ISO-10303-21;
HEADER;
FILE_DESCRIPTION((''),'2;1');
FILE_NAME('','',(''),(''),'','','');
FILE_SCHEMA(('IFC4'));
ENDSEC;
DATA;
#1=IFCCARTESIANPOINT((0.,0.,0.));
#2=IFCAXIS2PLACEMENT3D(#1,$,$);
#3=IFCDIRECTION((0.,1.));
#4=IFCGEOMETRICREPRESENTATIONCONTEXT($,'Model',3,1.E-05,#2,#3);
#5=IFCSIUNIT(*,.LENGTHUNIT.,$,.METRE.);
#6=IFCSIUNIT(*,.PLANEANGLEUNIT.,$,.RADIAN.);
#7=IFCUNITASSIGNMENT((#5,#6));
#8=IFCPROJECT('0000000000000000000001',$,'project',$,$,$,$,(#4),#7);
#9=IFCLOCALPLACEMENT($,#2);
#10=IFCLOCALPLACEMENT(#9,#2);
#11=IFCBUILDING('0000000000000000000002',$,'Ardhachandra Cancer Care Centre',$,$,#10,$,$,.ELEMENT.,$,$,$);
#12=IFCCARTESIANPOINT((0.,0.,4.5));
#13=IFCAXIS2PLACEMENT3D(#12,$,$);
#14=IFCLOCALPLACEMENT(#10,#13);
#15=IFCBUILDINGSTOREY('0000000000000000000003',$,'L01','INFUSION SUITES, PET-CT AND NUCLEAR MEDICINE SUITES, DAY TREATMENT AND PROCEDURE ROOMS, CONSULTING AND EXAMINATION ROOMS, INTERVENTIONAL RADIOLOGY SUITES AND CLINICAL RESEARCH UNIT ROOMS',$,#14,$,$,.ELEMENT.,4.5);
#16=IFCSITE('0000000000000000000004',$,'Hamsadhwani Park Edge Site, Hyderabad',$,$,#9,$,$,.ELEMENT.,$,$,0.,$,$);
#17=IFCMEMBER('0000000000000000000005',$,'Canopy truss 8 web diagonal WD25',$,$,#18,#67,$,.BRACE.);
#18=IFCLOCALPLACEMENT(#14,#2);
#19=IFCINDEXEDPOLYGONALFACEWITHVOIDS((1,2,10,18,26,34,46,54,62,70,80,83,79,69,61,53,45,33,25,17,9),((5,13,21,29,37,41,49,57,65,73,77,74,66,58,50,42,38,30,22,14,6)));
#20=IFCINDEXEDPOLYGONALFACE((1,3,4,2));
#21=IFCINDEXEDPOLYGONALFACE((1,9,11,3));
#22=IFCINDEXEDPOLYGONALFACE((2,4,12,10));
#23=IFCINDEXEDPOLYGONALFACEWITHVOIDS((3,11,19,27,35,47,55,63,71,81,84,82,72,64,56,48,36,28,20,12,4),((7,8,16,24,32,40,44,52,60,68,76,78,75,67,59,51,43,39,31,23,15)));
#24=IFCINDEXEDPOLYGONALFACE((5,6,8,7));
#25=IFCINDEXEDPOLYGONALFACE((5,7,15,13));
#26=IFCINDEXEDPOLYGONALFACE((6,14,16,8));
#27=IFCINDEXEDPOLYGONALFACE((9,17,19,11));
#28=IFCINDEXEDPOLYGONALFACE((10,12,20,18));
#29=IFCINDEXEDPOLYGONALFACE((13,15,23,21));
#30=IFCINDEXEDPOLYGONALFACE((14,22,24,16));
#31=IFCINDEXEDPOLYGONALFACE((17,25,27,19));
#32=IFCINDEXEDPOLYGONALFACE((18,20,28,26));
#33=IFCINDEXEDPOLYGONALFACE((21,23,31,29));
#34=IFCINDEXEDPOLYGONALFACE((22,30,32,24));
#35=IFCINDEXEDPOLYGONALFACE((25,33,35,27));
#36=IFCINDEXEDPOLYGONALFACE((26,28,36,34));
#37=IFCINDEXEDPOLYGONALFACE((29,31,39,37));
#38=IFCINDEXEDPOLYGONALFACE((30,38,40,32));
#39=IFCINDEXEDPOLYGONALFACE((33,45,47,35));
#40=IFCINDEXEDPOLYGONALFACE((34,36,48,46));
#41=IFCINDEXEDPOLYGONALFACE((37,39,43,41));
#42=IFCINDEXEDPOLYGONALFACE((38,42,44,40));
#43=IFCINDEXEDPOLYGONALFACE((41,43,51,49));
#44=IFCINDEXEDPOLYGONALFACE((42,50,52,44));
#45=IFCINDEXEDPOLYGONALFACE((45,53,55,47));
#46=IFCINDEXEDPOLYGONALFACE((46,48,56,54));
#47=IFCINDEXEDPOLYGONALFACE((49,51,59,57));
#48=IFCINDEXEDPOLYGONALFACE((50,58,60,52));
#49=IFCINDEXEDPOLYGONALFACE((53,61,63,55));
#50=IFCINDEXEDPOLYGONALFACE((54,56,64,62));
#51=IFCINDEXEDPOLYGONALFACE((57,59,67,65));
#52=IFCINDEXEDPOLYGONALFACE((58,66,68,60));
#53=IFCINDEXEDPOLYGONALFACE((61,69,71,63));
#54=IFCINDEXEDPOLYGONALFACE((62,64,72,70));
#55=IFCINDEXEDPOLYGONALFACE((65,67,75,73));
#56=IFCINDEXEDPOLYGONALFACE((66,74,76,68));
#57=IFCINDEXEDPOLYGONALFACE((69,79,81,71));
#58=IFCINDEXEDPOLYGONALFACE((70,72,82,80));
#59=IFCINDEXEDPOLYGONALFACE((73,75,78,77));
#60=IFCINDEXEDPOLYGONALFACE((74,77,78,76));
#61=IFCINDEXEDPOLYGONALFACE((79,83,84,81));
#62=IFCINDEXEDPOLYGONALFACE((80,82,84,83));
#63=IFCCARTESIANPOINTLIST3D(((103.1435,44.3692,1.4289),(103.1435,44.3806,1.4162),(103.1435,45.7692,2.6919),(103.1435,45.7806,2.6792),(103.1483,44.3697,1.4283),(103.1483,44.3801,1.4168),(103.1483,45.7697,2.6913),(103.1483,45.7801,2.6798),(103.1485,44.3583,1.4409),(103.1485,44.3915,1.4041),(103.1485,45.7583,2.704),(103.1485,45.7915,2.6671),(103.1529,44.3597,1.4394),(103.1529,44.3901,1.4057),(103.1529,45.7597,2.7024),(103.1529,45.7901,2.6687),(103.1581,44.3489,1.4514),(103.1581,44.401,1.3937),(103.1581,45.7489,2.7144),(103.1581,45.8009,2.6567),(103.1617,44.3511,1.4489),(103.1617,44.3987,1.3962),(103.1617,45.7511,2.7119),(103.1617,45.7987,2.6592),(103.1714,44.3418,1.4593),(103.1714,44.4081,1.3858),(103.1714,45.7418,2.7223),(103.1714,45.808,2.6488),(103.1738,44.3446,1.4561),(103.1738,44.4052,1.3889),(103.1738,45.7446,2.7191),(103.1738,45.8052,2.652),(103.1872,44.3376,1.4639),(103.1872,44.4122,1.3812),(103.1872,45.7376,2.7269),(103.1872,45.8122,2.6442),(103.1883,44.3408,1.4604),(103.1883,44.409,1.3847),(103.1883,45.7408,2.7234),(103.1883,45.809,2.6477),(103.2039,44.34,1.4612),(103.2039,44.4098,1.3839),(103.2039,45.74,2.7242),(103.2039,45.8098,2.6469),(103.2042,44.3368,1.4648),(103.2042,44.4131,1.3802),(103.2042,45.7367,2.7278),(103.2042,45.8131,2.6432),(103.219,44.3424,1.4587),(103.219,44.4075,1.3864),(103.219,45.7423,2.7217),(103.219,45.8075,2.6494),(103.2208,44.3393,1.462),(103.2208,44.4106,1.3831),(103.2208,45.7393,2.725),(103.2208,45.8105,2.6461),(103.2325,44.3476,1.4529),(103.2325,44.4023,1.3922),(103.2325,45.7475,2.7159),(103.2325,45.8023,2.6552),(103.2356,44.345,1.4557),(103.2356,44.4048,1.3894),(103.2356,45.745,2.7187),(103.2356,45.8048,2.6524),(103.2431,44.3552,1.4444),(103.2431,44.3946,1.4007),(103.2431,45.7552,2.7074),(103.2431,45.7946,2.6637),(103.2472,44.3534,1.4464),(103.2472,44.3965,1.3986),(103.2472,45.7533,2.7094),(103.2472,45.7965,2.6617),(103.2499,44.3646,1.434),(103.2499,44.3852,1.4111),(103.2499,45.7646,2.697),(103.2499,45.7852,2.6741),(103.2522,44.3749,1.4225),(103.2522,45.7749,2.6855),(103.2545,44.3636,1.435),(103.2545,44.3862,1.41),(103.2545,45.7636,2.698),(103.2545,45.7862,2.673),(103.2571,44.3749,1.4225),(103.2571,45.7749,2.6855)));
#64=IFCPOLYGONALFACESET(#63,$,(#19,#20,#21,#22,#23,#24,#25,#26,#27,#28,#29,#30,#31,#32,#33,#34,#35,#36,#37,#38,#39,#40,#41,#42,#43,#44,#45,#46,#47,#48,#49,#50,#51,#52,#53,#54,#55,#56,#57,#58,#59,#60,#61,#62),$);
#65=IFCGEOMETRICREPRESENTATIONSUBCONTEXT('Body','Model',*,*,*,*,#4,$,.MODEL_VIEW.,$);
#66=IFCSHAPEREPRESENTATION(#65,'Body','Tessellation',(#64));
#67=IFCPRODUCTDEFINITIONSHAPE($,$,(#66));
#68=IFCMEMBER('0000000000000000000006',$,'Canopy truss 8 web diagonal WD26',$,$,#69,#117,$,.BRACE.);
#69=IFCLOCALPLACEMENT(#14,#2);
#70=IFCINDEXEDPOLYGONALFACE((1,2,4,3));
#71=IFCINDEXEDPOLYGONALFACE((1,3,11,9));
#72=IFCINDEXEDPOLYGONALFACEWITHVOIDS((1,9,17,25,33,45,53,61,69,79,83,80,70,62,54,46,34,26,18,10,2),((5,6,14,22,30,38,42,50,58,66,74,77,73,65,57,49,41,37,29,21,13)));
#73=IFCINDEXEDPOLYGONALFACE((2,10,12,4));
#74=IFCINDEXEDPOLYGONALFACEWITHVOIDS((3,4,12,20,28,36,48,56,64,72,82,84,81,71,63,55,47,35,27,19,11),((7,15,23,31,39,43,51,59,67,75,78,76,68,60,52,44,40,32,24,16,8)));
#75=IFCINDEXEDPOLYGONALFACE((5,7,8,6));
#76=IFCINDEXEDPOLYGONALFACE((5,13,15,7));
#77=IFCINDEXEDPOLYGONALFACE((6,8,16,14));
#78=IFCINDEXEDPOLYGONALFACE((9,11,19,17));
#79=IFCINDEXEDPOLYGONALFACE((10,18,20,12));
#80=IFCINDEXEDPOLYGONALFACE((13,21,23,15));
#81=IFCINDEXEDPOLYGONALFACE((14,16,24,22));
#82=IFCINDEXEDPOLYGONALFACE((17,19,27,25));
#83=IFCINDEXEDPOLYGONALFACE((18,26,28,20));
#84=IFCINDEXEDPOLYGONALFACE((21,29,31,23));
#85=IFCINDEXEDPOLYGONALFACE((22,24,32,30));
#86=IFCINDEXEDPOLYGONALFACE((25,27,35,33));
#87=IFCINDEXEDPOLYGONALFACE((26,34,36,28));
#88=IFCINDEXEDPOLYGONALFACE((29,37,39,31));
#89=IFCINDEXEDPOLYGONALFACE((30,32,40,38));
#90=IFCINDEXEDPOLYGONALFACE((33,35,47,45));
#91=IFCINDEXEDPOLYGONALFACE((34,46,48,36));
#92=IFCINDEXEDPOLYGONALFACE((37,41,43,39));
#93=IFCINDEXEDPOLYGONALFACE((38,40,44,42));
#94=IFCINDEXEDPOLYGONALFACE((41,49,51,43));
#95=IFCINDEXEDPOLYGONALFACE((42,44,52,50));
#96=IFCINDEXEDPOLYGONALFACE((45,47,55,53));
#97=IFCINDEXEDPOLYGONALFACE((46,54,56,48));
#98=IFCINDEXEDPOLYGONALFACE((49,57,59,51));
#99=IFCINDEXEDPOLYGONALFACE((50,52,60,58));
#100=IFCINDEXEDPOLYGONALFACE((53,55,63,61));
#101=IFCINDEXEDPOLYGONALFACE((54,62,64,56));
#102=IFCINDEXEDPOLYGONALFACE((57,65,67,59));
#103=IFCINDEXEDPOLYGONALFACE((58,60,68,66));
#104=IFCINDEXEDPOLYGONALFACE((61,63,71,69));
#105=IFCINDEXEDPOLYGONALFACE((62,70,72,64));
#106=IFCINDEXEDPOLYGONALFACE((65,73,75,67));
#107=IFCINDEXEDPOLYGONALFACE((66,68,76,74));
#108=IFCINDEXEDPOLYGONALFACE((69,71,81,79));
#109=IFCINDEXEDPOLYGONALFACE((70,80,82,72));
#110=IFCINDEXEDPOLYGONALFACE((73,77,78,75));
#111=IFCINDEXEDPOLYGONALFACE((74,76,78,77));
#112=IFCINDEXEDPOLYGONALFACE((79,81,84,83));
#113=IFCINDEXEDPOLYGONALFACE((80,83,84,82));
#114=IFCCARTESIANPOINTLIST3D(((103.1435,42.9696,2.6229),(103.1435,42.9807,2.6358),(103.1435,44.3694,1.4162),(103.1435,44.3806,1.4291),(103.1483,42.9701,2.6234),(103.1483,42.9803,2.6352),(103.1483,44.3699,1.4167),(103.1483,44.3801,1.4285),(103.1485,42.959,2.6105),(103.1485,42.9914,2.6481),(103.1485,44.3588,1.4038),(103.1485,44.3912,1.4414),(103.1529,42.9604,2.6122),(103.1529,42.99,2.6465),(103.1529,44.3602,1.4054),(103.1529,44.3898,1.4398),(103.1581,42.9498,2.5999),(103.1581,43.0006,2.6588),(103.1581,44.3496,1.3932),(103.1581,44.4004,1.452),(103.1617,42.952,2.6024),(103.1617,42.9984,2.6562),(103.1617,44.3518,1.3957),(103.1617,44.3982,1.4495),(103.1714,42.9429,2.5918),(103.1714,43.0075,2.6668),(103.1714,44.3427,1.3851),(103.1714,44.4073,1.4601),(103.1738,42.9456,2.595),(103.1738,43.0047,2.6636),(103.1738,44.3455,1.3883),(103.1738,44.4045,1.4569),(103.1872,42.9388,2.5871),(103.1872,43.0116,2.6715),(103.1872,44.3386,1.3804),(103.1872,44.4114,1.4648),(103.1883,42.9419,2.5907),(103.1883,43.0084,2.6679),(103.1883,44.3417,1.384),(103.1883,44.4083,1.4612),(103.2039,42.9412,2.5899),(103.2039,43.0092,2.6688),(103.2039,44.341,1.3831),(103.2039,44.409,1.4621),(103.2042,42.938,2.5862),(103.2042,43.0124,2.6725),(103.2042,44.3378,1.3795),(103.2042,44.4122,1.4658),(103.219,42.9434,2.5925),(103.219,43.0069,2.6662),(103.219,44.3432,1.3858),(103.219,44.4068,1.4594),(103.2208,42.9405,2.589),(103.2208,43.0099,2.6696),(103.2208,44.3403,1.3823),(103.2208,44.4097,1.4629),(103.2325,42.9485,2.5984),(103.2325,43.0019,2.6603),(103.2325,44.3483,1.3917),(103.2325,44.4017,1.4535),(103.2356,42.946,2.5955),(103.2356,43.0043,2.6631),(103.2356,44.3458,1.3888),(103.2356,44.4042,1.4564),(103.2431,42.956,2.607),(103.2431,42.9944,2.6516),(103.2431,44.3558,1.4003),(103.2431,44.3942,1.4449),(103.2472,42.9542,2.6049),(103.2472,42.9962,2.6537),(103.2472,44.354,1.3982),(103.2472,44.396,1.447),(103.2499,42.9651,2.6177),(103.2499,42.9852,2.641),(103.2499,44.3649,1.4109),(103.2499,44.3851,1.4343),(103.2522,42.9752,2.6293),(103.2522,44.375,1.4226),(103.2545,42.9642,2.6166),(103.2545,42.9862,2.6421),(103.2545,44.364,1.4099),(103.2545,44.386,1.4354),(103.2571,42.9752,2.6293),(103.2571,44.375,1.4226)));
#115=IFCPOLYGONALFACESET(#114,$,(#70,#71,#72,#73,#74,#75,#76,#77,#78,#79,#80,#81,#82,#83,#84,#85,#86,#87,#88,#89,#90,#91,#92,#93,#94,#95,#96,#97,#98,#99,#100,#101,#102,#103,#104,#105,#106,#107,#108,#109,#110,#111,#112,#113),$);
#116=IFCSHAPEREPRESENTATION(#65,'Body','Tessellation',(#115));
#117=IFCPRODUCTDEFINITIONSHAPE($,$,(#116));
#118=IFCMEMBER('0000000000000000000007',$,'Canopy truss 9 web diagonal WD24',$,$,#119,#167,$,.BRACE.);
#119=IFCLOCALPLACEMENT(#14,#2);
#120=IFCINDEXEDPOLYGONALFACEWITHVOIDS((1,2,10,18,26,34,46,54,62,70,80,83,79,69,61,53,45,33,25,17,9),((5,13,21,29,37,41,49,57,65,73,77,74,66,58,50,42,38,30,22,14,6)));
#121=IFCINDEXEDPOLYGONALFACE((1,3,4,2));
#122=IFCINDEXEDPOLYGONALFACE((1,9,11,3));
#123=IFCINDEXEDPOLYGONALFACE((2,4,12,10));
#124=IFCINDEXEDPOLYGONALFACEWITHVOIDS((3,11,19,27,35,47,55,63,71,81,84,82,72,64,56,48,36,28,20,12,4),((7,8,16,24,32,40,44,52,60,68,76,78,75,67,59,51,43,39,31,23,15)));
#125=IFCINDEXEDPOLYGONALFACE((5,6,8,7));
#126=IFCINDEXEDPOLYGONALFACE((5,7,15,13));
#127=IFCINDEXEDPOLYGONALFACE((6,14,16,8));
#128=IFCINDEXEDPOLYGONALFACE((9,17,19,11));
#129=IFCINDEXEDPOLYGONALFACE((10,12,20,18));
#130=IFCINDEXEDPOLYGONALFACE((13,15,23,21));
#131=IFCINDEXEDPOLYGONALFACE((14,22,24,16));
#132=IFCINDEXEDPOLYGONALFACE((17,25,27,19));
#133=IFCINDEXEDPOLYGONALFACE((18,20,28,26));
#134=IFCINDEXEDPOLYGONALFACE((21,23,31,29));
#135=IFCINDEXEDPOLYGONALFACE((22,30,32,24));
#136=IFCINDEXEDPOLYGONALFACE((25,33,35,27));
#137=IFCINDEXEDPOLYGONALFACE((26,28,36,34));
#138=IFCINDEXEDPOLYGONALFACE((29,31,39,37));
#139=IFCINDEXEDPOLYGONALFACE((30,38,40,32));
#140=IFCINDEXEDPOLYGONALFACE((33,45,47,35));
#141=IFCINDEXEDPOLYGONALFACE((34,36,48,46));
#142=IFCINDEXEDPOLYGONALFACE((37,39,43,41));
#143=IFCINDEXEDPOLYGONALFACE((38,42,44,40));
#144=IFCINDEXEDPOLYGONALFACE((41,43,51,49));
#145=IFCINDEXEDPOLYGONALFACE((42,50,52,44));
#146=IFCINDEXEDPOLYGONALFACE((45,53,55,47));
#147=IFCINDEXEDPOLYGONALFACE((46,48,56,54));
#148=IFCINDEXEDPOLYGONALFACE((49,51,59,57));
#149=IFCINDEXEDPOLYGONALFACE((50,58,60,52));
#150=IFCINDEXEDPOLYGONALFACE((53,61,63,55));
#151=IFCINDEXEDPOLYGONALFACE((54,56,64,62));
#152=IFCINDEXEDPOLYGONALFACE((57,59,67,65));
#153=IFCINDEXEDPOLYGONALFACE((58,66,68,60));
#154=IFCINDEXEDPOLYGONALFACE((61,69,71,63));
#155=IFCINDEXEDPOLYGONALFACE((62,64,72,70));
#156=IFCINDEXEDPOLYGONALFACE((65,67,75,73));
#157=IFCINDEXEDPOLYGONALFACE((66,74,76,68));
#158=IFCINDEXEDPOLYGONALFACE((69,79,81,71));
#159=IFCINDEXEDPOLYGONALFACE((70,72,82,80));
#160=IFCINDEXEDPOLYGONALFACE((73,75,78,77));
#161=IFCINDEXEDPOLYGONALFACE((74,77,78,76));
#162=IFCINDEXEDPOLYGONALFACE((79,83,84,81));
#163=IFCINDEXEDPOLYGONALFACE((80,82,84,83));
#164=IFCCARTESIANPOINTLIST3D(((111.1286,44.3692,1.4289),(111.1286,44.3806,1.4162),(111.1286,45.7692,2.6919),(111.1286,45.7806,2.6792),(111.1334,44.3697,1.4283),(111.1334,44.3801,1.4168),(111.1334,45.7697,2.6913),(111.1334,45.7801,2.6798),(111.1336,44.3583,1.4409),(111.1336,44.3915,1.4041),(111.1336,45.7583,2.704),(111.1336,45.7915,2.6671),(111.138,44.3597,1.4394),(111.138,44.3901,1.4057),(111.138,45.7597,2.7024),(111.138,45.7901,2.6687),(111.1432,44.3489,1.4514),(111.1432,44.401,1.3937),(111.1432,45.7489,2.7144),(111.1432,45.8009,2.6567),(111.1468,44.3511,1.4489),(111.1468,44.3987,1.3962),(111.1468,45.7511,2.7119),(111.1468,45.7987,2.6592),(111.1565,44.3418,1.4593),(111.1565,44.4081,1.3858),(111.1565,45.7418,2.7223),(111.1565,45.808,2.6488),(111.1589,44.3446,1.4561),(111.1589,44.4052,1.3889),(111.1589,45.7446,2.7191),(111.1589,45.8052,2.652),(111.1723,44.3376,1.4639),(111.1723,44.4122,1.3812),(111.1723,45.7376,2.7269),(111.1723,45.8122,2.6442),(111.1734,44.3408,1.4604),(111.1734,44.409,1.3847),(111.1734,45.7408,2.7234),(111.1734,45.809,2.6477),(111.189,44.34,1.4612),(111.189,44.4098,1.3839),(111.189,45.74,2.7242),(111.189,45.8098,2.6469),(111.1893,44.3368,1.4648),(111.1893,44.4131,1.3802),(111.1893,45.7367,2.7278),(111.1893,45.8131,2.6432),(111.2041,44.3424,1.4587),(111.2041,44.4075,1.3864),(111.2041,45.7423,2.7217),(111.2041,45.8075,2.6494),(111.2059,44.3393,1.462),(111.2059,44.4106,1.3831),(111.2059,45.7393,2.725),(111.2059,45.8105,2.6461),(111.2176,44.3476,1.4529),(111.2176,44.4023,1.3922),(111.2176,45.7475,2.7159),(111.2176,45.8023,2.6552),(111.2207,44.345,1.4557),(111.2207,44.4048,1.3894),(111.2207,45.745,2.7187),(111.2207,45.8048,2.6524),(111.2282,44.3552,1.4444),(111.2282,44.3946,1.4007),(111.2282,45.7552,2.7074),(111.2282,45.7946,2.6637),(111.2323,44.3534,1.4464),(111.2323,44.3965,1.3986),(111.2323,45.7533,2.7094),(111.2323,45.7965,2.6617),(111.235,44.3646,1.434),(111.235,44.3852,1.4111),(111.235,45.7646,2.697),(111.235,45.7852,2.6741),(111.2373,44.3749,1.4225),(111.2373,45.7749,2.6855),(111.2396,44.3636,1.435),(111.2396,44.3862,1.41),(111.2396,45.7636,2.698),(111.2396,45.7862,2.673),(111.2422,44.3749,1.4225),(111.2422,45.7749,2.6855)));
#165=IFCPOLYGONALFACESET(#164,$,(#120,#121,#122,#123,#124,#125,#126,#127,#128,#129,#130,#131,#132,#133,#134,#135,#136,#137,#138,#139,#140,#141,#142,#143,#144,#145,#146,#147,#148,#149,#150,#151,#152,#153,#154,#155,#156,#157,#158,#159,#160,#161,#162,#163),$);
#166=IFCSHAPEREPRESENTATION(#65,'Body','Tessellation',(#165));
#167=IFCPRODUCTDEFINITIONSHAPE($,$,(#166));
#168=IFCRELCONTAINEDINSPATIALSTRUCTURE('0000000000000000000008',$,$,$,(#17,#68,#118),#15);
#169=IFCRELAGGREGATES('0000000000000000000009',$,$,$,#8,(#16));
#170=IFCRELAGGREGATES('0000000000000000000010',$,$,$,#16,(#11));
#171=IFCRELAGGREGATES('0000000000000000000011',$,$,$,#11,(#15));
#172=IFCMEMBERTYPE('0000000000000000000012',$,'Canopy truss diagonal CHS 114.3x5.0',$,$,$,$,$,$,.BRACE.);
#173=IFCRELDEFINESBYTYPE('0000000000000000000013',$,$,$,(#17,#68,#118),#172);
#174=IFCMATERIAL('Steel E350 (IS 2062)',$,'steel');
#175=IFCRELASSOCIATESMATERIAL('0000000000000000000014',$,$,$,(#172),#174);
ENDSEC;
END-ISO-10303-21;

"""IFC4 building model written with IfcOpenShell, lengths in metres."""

from ifc_helpers import new_model, si_unit, direction, frame, origin, origin_2d, place, context, subcontext, project, spatial, hollow_circle, extrude, material, material_profile, profile_set, type_object, element, save


model = new_model("IFC4")

# Units and contexts
model_context = context("Model", 3, precision=1e-05, world=origin(), true_north=direction((0.0, 1.0)))
body_context = subcontext(model_context, "Body", "Model", "MODEL_VIEW")
ifc_project = project(units=[si_unit("LENGTHUNIT", "METRE"), si_unit("PLANEANGLEUNIT", "RADIAN")], contexts=[model_context])

# Site, building, storey
site_placement = place(None, origin())
site = spatial("IfcSite", under=ifc_project, at=site_placement, Name="Hamsadhwani Park Edge Site, Hyderabad", CompositionType="ELEMENT", RefElevation=0.0)
building_placement = place(site_placement, origin())
building = spatial("IfcBuilding", under=site, at=building_placement, Name="Ardhachandra Cancer Care Centre", CompositionType="ELEMENT")
storey_placement = place(building_placement, frame((0.0, 0.0, 4.5)))
storey = spatial("IfcBuildingStorey", under=building, at=storey_placement, Name="L01", Description="INFUSION SUITES, PET-CT AND NUCLEAR MEDICINE SUITES, DAY TREATMENT AND PROCEDURE ROOMS, CONSULTING AND EXAMINATION ROOMS, INTERVENTIONAL RADIOLOGY SUITES AND CLINICAL RESEARCH UNIT ROOMS", CompositionType="ELEMENT", Elevation=4.5)

# Members
ifc_material_1 = material(Name="Steel E350 (IS 2062)", Category="steel")
ifc_material_profile_1 = material_profile(ifc_material_1, hollow_circle(Radius=0.0571, WallThickness=0.0049, at=origin_2d()), Name="CHS 114.3x5.0")
ifc_profile_set_1 = profile_set([ifc_material_profile_1], Name="Steel E350 (IS 2062)")
member_type_1 = type_object("IfcMemberType", Name="Canopy truss diagonal CHS 114.3x5.0", PredefinedType="BRACE", material=ifc_profile_set_1)
member_1_placement = place(storey_placement, frame((103.2, 45.7749, 2.6855), z_axis=(0.0, -0.742495, -0.669851), x_axis=(1.0, 0.0, 0.0)))
element("IfcMember", 1, at=member_1_placement, inside=storey, type_object=member_type_1, Name="Canopy truss 8 web diagonal WD25", PredefinedType="BRACE", context=body_context, shape_type="SweptSolid", body=[
    extrude(hollow_circle(Radius=0.0571, WallThickness=0.0049, at=origin_2d()), origin(), (0.0, 0.0, 1.0), 1.8855),
])
member_2_placement = place(storey_placement, frame((103.2, 44.375, 1.4226), z_axis=(0.0, -0.757417, 0.652932), x_axis=(1.0, 0.0, 0.0)))
element("IfcMember", 2, at=member_2_placement, inside=storey, type_object=member_type_1, Name="Canopy truss 8 web diagonal WD26", PredefinedType="BRACE", context=body_context, shape_type="SweptSolid", body=[
    extrude(hollow_circle(Radius=0.0571, WallThickness=0.0049, at=origin_2d()), origin(), (0.0, 0.0, 1.0), 1.8481),
])
member_3_placement = place(storey_placement, frame((111.1851, 45.7749, 2.6855), z_axis=(0.0, -0.742495, -0.669851), x_axis=(1.0, 0.0, 0.0)))
element("IfcMember", 3, at=member_3_placement, inside=storey, type_object=member_type_1, Name="Canopy truss 9 web diagonal WD24", PredefinedType="BRACE", context=body_context, shape_type="SweptSolid", body=[
    extrude(hollow_circle(Radius=0.0571, WallThickness=0.0049, at=origin_2d()), origin(), (0.0, 0.0, 1.0), 1.8855),
])

save(model, "model.ifc")
